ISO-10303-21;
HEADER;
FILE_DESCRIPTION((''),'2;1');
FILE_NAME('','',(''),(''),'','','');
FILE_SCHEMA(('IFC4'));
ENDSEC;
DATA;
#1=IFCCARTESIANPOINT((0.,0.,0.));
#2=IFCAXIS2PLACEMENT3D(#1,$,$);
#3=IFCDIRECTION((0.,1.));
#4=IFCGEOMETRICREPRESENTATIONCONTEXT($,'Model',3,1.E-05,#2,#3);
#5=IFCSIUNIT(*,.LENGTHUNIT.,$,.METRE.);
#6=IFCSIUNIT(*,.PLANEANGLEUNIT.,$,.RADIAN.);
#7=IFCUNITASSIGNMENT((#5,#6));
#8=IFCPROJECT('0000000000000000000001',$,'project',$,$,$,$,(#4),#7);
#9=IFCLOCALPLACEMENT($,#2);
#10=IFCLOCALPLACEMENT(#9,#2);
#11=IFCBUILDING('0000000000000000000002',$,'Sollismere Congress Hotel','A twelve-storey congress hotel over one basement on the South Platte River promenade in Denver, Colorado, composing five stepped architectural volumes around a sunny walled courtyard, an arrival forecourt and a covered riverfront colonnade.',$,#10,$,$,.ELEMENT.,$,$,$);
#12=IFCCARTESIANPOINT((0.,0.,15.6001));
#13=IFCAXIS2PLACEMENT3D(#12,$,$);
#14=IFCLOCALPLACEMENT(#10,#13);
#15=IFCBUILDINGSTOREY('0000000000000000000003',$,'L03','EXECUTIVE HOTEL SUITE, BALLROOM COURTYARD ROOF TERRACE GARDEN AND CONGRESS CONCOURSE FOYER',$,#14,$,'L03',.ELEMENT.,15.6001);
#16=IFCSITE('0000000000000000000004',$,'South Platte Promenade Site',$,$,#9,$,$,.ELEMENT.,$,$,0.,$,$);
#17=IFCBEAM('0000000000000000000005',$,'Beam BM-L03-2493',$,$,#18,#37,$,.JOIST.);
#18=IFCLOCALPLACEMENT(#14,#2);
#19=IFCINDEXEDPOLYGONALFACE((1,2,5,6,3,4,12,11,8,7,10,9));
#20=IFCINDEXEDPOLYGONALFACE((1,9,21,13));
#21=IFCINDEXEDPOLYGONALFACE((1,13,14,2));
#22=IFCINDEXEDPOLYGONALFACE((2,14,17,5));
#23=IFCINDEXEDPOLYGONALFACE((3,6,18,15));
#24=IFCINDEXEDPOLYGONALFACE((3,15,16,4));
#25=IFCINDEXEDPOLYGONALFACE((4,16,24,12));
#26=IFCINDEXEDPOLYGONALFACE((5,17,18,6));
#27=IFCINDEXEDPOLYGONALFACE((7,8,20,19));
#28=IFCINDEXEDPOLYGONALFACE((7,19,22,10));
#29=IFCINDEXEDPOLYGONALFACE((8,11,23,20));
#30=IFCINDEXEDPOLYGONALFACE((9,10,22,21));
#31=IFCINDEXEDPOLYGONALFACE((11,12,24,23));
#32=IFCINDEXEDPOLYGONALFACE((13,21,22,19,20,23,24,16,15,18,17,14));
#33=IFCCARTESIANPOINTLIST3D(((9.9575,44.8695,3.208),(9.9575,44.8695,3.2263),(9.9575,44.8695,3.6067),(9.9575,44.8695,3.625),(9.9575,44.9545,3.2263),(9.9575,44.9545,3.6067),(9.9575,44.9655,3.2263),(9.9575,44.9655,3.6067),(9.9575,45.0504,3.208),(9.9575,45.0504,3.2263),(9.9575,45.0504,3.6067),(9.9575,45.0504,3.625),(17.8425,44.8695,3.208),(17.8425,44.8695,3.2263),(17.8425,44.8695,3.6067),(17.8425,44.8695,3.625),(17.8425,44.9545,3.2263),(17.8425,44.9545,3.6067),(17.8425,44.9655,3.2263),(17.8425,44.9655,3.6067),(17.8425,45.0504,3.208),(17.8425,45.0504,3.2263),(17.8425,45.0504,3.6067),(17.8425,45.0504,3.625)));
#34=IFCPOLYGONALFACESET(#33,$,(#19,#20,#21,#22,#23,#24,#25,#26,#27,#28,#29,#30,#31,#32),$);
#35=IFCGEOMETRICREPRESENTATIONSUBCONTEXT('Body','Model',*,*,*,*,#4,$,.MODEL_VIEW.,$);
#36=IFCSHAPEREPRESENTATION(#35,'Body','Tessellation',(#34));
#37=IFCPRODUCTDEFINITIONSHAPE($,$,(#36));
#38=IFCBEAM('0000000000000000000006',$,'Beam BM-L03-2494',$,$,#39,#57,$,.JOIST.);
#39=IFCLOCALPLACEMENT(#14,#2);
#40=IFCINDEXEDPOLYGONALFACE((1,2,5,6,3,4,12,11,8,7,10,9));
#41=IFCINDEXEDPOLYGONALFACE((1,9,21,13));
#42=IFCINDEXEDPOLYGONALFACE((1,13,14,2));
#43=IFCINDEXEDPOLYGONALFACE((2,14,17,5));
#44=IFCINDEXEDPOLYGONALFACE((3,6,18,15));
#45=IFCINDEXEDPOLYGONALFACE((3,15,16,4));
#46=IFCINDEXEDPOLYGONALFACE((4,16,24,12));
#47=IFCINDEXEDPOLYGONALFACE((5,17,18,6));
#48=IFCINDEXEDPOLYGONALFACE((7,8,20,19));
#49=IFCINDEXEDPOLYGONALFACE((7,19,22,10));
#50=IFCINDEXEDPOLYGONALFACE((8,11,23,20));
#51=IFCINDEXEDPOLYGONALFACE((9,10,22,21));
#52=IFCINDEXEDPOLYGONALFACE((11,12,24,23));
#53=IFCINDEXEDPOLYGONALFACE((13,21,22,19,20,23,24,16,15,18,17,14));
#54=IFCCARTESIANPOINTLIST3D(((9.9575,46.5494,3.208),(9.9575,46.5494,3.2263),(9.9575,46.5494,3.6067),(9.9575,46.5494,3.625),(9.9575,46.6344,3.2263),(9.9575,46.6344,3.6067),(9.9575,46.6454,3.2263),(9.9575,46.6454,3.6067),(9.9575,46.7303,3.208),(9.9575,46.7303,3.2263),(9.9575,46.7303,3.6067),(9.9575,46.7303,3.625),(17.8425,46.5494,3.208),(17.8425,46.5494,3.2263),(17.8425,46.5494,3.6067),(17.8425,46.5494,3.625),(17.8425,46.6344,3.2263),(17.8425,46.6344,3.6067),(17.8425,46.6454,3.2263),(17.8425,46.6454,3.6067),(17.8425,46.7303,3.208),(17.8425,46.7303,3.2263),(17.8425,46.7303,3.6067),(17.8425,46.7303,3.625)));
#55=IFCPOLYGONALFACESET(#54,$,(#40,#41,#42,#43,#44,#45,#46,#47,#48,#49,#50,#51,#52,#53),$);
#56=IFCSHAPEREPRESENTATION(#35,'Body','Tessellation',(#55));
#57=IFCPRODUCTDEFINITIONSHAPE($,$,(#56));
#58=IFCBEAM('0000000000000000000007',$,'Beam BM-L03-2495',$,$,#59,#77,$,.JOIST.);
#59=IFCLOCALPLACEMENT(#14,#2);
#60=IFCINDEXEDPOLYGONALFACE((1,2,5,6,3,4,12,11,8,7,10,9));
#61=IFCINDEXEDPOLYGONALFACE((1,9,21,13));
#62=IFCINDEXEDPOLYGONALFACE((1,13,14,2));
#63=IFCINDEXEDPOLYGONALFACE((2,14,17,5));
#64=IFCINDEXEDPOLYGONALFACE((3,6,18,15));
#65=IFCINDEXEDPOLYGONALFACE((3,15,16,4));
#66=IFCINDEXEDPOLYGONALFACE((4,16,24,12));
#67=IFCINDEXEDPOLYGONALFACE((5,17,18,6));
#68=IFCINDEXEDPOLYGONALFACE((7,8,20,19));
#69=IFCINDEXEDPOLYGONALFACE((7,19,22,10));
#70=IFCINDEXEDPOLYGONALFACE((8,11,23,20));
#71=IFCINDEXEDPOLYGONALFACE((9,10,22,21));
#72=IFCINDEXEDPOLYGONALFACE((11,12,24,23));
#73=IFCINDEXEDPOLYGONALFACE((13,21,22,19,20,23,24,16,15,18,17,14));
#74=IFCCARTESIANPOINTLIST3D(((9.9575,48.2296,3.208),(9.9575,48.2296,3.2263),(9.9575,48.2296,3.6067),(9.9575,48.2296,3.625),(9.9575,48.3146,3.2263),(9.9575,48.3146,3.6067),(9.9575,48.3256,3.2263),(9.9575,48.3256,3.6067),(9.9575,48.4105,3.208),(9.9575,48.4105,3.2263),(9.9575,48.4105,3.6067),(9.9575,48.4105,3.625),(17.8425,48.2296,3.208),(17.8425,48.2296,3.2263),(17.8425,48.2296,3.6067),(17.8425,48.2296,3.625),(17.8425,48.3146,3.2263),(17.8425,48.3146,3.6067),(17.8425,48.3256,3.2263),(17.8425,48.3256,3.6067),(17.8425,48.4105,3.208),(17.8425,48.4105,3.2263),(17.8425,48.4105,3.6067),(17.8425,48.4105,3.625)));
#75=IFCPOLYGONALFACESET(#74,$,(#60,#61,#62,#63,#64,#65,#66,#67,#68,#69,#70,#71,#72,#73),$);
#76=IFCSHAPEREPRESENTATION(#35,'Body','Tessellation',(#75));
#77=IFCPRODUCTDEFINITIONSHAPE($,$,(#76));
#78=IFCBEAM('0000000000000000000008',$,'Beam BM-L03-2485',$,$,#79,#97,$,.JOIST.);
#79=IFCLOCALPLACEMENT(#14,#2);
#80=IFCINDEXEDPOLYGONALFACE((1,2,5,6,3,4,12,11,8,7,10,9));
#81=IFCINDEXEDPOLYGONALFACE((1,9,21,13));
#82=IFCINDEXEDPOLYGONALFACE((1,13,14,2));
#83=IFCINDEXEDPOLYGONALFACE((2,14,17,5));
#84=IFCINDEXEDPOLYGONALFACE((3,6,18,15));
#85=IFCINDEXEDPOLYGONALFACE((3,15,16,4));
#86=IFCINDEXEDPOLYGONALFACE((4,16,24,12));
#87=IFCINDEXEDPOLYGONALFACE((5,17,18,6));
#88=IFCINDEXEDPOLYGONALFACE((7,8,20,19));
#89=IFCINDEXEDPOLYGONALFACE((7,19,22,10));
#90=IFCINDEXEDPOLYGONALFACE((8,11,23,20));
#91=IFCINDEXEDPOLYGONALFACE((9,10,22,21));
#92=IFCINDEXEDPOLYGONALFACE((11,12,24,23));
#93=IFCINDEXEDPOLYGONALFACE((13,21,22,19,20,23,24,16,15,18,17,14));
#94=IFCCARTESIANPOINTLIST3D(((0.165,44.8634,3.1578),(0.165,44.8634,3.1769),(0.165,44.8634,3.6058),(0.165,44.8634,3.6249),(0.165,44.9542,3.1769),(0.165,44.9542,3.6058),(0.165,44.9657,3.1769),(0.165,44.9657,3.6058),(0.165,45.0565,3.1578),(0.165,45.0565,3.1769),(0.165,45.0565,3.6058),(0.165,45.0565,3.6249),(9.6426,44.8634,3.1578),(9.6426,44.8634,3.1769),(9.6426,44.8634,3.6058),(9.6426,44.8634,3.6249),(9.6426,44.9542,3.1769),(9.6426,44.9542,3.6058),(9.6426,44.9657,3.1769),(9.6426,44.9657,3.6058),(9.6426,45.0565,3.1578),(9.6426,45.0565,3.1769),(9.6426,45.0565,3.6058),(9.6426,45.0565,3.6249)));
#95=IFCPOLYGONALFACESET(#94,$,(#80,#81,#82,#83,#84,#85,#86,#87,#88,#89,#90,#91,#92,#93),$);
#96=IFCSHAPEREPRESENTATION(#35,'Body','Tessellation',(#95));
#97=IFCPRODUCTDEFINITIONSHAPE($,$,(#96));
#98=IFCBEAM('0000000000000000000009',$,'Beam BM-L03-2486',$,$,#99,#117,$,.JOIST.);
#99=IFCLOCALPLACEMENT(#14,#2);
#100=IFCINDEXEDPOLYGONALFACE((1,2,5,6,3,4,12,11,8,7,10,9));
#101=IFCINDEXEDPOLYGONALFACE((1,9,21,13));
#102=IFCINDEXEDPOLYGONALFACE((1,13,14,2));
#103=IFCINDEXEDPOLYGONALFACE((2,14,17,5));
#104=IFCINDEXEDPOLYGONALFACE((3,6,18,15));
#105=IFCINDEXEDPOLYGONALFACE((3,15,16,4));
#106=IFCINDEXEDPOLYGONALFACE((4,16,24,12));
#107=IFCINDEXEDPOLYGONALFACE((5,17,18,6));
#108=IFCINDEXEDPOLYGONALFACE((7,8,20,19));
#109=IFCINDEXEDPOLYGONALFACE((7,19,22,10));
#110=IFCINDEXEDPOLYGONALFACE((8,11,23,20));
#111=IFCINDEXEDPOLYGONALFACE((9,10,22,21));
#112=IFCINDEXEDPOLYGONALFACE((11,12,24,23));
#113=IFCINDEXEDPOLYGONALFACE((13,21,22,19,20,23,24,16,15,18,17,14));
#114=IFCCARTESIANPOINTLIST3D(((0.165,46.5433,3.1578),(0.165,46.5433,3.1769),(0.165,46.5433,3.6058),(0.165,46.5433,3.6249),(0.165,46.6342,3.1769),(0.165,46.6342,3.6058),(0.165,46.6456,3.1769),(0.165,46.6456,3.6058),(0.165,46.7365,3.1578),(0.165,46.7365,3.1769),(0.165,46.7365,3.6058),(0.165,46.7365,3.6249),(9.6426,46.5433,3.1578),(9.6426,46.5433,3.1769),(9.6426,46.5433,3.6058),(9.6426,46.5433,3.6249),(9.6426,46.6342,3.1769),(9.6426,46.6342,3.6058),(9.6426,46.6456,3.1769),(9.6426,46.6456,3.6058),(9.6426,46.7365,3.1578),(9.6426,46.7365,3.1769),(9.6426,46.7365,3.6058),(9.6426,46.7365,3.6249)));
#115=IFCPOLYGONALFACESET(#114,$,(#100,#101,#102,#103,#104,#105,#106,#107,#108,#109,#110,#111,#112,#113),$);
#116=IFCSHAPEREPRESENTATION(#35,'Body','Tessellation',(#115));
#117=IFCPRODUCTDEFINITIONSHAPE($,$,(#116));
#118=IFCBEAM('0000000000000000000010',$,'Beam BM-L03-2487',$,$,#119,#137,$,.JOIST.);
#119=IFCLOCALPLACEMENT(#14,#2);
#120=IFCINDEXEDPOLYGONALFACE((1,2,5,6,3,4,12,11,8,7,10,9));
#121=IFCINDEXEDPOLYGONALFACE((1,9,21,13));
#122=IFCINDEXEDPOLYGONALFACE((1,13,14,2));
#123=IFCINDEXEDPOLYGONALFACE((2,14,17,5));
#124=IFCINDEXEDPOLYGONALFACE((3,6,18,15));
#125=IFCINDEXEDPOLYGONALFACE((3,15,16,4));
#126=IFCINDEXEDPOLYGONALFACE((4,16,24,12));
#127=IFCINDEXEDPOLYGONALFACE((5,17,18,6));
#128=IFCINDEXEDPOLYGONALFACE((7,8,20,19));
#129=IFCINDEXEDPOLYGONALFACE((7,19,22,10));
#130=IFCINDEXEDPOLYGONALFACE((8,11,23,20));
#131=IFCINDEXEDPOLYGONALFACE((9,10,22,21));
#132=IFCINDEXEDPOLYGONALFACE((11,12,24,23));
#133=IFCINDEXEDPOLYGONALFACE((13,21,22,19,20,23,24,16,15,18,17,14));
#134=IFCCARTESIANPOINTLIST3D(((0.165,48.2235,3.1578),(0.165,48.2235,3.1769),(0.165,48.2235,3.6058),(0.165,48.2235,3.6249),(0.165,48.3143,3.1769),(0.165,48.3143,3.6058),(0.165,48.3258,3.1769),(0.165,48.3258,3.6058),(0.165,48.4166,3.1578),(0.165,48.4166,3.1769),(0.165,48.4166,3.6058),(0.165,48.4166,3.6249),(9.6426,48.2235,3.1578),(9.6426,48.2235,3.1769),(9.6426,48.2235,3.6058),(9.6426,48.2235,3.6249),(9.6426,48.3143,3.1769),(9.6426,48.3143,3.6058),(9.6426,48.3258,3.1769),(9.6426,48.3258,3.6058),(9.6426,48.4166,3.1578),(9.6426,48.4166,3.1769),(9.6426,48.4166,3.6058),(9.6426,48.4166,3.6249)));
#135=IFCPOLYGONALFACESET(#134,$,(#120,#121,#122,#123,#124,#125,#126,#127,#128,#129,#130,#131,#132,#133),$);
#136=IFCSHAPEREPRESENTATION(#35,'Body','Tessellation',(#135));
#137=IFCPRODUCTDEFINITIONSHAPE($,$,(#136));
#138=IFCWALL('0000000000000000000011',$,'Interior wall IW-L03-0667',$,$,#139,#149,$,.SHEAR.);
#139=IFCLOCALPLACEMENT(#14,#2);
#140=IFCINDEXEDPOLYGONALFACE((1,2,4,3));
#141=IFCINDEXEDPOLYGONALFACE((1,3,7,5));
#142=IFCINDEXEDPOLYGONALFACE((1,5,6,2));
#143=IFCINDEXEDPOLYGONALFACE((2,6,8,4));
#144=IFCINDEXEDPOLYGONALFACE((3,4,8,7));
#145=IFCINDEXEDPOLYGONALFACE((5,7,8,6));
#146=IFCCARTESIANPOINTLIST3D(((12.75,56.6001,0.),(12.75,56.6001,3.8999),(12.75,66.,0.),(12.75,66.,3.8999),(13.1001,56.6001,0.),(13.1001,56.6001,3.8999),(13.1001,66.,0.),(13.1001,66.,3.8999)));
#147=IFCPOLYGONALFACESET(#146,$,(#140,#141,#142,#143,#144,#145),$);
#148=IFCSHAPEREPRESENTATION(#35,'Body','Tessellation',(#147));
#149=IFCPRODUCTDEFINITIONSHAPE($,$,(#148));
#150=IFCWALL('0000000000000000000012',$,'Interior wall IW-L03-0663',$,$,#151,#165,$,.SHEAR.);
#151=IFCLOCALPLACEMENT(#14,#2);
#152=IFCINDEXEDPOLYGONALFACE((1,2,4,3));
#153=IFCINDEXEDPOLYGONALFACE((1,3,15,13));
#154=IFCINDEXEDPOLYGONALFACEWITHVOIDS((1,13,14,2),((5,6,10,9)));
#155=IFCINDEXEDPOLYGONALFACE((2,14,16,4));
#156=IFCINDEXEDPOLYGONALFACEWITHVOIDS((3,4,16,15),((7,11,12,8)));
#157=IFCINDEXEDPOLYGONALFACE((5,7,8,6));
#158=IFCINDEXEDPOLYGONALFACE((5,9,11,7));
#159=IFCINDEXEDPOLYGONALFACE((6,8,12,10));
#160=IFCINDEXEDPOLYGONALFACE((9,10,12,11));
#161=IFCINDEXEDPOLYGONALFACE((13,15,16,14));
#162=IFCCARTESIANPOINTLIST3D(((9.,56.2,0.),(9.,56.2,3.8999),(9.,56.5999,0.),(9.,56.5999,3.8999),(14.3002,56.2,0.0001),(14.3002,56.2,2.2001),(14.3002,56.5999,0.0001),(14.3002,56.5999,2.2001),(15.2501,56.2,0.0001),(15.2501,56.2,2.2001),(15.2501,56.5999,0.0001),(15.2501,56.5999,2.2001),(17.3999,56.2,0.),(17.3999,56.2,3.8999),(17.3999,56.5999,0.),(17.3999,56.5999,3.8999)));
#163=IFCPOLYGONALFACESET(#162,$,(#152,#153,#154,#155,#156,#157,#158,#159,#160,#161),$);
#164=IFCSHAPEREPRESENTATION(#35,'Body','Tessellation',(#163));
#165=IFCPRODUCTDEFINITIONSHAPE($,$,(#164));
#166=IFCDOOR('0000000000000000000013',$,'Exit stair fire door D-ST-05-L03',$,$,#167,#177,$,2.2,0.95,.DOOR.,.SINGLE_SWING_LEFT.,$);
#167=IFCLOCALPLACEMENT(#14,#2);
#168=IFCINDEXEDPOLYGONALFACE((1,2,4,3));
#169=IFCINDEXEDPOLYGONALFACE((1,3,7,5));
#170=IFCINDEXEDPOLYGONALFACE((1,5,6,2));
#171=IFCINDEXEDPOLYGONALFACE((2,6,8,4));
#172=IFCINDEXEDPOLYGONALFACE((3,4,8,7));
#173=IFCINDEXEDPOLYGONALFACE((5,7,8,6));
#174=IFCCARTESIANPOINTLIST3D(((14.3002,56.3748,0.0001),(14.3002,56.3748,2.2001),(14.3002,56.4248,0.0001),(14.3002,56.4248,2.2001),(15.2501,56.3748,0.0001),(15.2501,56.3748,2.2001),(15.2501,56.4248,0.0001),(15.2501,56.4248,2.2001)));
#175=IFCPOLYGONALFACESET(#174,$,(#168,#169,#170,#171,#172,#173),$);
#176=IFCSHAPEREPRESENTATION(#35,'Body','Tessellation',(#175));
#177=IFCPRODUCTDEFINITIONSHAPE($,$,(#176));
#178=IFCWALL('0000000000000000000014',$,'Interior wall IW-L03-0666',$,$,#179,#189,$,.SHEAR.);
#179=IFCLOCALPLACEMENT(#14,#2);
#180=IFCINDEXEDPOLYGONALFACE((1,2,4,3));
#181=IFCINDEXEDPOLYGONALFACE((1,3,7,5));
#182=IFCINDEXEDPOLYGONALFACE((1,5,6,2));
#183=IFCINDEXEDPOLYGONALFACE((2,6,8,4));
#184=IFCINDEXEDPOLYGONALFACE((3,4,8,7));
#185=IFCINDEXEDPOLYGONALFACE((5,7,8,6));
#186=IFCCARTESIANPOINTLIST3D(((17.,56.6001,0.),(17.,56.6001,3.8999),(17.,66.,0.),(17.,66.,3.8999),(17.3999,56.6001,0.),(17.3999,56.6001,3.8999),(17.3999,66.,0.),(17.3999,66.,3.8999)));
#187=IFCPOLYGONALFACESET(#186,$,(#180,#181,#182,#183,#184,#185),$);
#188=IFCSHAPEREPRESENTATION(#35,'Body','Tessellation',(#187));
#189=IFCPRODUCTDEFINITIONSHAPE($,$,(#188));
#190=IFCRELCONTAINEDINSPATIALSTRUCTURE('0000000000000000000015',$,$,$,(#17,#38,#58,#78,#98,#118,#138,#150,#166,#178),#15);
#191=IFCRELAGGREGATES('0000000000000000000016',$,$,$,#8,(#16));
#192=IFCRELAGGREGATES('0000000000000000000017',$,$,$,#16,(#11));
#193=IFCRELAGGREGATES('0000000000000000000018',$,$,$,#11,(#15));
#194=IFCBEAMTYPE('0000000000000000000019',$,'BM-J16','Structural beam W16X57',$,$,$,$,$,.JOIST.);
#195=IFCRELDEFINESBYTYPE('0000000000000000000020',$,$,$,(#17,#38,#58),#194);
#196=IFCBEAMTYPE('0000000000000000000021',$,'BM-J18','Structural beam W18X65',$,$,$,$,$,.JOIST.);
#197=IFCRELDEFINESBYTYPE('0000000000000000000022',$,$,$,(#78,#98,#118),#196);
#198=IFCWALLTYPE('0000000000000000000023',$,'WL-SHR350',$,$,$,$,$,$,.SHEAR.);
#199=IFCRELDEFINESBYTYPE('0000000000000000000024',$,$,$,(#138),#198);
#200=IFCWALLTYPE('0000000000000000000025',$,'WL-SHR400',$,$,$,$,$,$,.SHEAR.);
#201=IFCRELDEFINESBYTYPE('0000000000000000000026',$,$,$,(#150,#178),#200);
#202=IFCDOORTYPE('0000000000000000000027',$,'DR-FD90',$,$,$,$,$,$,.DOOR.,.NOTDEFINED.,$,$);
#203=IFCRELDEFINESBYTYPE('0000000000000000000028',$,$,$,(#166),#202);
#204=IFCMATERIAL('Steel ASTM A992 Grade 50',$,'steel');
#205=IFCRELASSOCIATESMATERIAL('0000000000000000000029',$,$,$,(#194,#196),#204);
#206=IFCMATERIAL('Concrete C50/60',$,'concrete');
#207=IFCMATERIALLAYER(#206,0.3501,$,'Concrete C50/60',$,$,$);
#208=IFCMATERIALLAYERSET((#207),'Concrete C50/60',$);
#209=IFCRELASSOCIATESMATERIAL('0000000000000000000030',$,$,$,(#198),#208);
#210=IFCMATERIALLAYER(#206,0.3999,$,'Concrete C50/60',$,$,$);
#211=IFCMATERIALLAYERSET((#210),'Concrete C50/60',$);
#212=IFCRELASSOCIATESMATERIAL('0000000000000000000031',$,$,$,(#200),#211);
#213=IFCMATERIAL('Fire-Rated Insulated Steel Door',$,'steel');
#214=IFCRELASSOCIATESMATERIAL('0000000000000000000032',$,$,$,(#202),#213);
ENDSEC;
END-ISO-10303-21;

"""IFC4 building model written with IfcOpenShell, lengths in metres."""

from ifc_helpers import new_model, si_unit, direction, frame, frame_2d, origin, origin_2d, place, context, subcontext, project, spatial, rectangle, i_section, extrude, material, layer, layer_set, material_profile, profile_set, type_object, element, fill, save


model = new_model("IFC4")

# Units and contexts
model_context = context("Model", 3, precision=1e-05, world=origin(), true_north=direction((0.0, 1.0)))
body_context = subcontext(model_context, "Body", "Model", "MODEL_VIEW")
ifc_project = project(units=[si_unit("LENGTHUNIT", "METRE"), si_unit("PLANEANGLEUNIT", "RADIAN")], contexts=[model_context])

# Site, building, storey
site_placement = place(None, origin())
site = spatial("IfcSite", under=ifc_project, at=site_placement, Name="South Platte Promenade Site", CompositionType="ELEMENT", RefElevation=0.0)
building_placement = place(site_placement, origin())
building = spatial("IfcBuilding", under=site, at=building_placement, Name="Sollismere Congress Hotel", Description="A twelve-storey congress hotel over one basement on the South Platte River promenade in Denver, Colorado, composing five stepped architectural volumes around a sunny walled courtyard, an arrival forecourt and a covered riverfront colonnade.", CompositionType="ELEMENT")
storey_placement = place(building_placement, frame((0.0, 0.0, 15.6001)))
storey = spatial("IfcBuildingStorey", under=building, at=storey_placement, Name="L03", Description="EXECUTIVE HOTEL SUITE, BALLROOM COURTYARD ROOF TERRACE GARDEN AND CONGRESS CONCOURSE FOYER", LongName="L03", CompositionType="ELEMENT", Elevation=15.6001)

# Shared definitions
ifc_material_1 = material(Name="Steel ASTM A992 Grade 50", Category="steel")

# Beams
ifc_material_profile_1 = material_profile(ifc_material_1, i_section(OverallWidth=0.1809, OverallDepth=0.417, WebThickness=0.011, FlangeThickness=0.0183, at=origin_2d()), Name="W16X57")
ifc_profile_set_1 = profile_set([ifc_material_profile_1], Name="Steel ASTM A992 Grade 50")
beam_type_1 = type_object("IfcBeamType", Name="BM-J16", Description="Structural beam W16X57", PredefinedType="JOIST", material=ifc_profile_set_1)
for number, where, z_axis, x_axis, name in (
    (1, (9.9575, 44.96, 3.4165), (1.0, 0.0, 0.0), (0.0, 1.0, 0.0), "Beam BM-L03-2493"),
    (2, (9.9575, 46.6399, 3.4165), (1.0, 0.0, 0.0), (0.0, 1.0, 0.0), "Beam BM-L03-2494"),
    (3, (9.9575, 48.3201, 3.4165), (1.0, 0.0, 0.0), (0.0, 1.0, 0.0), "Beam BM-L03-2495"),
):
    element("IfcBeam", number, at=place(storey_placement, frame(where, z_axis=z_axis, x_axis=x_axis)), inside=storey, type_object=beam_type_1, Name=name, PredefinedType="JOIST", context=body_context, shape_type="SweptSolid", body=[
        extrude(i_section(OverallWidth=0.1809, OverallDepth=0.417, WebThickness=0.011, FlangeThickness=0.0183, at=origin_2d()), origin(), (0.0, 0.0, 1.0), 7.885),
    ])
ifc_material_profile_2 = material_profile(ifc_material_1, i_section(OverallWidth=0.1931, OverallDepth=0.467, WebThickness=0.0115, FlangeThickness=0.019, at=origin_2d()), Name="W18X65")
ifc_profile_set_2 = profile_set([ifc_material_profile_2], Name="Steel ASTM A992 Grade 50")
beam_type_2 = type_object("IfcBeamType", Name="BM-J18", Description="Structural beam W18X65", PredefinedType="JOIST", material=ifc_profile_set_2)
for number, where, z_axis, x_axis, name in (
    (4, (0.165, 44.96, 3.3914), (1.0, 0.0, 0.0), (0.0, 1.0, 0.0), "Beam BM-L03-2485"),
    (5, (0.165, 46.6399, 3.3914), (1.0, 0.0, 0.0), (0.0, 1.0, 0.0), "Beam BM-L03-2486"),
    (6, (0.165, 48.3201, 3.3914), (1.0, 0.0, 0.0), (0.0, 1.0, 0.0), "Beam BM-L03-2487"),
):
    element("IfcBeam", number, at=place(storey_placement, frame(where, z_axis=z_axis, x_axis=x_axis)), inside=storey, type_object=beam_type_2, Name=name, PredefinedType="JOIST", context=body_context, shape_type="SweptSolid", body=[
        extrude(i_section(OverallWidth=0.1931, OverallDepth=0.467, WebThickness=0.0115, FlangeThickness=0.019, at=origin_2d()), origin(), (0.0, 0.0, 1.0), 9.4775),
    ])

# Wall
ifc_material_2 = material(Name="Concrete C50/60", Category="concrete")
ifc_layer_1 = layer(ifc_material_2, 0.3501, Name="Concrete C50/60")
ifc_layer_set_1 = layer_set([ifc_layer_1], Name="Concrete C50/60")
wall_type_1 = type_object("IfcWallType", Name="WL-SHR350", PredefinedType="SHEAR", material=ifc_layer_set_1)
wall_1_placement = place(storey_placement, frame((12.925, 56.6001, 0.0), z_axis=(0.0, 0.0, 1.0), x_axis=(0.0, 1.0, 0.0)))
element("IfcWall", 7, at=wall_1_placement, inside=storey, type_object=wall_type_1, Name="Interior wall IW-L03-0667", PredefinedType="SHEAR", context=body_context, shape_type="SweptSolid", body=[
    extrude(rectangle(XDim=9.3999, YDim=0.3501, at=frame_2d((4.7, 0.0))), origin(), (0.0, 0.0, 1.0), 3.8999),
])

# Wall, opening, door
ifc_layer_2 = layer(ifc_material_2, 0.3999, Name="Concrete C50/60")
ifc_layer_set_2 = layer_set([ifc_layer_2], Name="Concrete C50/60")
wall_type_2 = type_object("IfcWallType", Name="WL-SHR400", PredefinedType="SHEAR", material=ifc_layer_set_2)
wall_2_placement = place(storey_placement, frame((9.0, 56.3999, 0.0), z_axis=(0.0, 0.0, 1.0), x_axis=(1.0, 0.0, 0.0)))
wall_2 = element("IfcWall", 8, at=wall_2_placement, inside=storey, type_object=wall_type_2, Name="Interior wall IW-L03-0663", PredefinedType="SHEAR", context=body_context, shape_type="SweptSolid", body=[
    extrude(rectangle(XDim=8.3999, YDim=0.3999, at=frame_2d((4.2, 0.0))), origin(), (0.0, 0.0, 1.0), 3.8999),
])
opening_placement = place(wall_2_placement, frame((5.3, 0.0, 0.0)))
opening = element("IfcOpeningElement", 9, at=opening_placement, cuts=wall_2, PredefinedType="OPENING", context=body_context, shape_type="SweptSolid", body=[
    extrude(rectangle(XDim=0.95, YDim=2.2, at=frame_2d((0.4751, 1.1001))), frame((0.0, 0.21, 0.0), z_axis=(0.0, -1.0, 0.0), x_axis=(1.0, 0.0, 0.0)), (0.0, 0.0, 1.0), 0.4199),
])
ifc_material_3 = material(Name="Fire-Rated Insulated Steel Door", Category="steel")
door_type = type_object("IfcDoorType", Name="DR-FD90", OperationType="NOTDEFINED", PredefinedType="DOOR", material=ifc_material_3)
door_placement = place(opening_placement, origin())
door = element("IfcDoor", 10, at=door_placement, inside=storey, type_object=door_type, Name="Exit stair fire door D-ST-05-L03", OperationType="SINGLE_SWING_LEFT", OverallHeight=2.2, OverallWidth=0.95, PredefinedType="DOOR", context=body_context, shape_type="SweptSolid", body=[
    extrude(rectangle(XDim=0.95, YDim=2.2, at=frame_2d((0.4751, 1.1001))), frame((0.0, 0.0249, 0.0), z_axis=(0.0, -1.0, 0.0), x_axis=(1.0, 0.0, 0.0)), (0.0, 0.0, 1.0), 0.05),
])
fill(opening, door)

# Wall
wall_3_placement = place(storey_placement, frame((17.2, 56.6001, 0.0), z_axis=(0.0, 0.0, 1.0), x_axis=(0.0, 1.0, 0.0)))
element("IfcWall", 11, at=wall_3_placement, inside=storey, type_object=wall_type_2, Name="Interior wall IW-L03-0666", PredefinedType="SHEAR", context=body_context, shape_type="SweptSolid", body=[
    extrude(rectangle(XDim=9.3999, YDim=0.3999, at=frame_2d((4.7, 0.0))), origin(), (0.0, 0.0, 1.0), 3.8999),
])

save(model, "model.ifc")
